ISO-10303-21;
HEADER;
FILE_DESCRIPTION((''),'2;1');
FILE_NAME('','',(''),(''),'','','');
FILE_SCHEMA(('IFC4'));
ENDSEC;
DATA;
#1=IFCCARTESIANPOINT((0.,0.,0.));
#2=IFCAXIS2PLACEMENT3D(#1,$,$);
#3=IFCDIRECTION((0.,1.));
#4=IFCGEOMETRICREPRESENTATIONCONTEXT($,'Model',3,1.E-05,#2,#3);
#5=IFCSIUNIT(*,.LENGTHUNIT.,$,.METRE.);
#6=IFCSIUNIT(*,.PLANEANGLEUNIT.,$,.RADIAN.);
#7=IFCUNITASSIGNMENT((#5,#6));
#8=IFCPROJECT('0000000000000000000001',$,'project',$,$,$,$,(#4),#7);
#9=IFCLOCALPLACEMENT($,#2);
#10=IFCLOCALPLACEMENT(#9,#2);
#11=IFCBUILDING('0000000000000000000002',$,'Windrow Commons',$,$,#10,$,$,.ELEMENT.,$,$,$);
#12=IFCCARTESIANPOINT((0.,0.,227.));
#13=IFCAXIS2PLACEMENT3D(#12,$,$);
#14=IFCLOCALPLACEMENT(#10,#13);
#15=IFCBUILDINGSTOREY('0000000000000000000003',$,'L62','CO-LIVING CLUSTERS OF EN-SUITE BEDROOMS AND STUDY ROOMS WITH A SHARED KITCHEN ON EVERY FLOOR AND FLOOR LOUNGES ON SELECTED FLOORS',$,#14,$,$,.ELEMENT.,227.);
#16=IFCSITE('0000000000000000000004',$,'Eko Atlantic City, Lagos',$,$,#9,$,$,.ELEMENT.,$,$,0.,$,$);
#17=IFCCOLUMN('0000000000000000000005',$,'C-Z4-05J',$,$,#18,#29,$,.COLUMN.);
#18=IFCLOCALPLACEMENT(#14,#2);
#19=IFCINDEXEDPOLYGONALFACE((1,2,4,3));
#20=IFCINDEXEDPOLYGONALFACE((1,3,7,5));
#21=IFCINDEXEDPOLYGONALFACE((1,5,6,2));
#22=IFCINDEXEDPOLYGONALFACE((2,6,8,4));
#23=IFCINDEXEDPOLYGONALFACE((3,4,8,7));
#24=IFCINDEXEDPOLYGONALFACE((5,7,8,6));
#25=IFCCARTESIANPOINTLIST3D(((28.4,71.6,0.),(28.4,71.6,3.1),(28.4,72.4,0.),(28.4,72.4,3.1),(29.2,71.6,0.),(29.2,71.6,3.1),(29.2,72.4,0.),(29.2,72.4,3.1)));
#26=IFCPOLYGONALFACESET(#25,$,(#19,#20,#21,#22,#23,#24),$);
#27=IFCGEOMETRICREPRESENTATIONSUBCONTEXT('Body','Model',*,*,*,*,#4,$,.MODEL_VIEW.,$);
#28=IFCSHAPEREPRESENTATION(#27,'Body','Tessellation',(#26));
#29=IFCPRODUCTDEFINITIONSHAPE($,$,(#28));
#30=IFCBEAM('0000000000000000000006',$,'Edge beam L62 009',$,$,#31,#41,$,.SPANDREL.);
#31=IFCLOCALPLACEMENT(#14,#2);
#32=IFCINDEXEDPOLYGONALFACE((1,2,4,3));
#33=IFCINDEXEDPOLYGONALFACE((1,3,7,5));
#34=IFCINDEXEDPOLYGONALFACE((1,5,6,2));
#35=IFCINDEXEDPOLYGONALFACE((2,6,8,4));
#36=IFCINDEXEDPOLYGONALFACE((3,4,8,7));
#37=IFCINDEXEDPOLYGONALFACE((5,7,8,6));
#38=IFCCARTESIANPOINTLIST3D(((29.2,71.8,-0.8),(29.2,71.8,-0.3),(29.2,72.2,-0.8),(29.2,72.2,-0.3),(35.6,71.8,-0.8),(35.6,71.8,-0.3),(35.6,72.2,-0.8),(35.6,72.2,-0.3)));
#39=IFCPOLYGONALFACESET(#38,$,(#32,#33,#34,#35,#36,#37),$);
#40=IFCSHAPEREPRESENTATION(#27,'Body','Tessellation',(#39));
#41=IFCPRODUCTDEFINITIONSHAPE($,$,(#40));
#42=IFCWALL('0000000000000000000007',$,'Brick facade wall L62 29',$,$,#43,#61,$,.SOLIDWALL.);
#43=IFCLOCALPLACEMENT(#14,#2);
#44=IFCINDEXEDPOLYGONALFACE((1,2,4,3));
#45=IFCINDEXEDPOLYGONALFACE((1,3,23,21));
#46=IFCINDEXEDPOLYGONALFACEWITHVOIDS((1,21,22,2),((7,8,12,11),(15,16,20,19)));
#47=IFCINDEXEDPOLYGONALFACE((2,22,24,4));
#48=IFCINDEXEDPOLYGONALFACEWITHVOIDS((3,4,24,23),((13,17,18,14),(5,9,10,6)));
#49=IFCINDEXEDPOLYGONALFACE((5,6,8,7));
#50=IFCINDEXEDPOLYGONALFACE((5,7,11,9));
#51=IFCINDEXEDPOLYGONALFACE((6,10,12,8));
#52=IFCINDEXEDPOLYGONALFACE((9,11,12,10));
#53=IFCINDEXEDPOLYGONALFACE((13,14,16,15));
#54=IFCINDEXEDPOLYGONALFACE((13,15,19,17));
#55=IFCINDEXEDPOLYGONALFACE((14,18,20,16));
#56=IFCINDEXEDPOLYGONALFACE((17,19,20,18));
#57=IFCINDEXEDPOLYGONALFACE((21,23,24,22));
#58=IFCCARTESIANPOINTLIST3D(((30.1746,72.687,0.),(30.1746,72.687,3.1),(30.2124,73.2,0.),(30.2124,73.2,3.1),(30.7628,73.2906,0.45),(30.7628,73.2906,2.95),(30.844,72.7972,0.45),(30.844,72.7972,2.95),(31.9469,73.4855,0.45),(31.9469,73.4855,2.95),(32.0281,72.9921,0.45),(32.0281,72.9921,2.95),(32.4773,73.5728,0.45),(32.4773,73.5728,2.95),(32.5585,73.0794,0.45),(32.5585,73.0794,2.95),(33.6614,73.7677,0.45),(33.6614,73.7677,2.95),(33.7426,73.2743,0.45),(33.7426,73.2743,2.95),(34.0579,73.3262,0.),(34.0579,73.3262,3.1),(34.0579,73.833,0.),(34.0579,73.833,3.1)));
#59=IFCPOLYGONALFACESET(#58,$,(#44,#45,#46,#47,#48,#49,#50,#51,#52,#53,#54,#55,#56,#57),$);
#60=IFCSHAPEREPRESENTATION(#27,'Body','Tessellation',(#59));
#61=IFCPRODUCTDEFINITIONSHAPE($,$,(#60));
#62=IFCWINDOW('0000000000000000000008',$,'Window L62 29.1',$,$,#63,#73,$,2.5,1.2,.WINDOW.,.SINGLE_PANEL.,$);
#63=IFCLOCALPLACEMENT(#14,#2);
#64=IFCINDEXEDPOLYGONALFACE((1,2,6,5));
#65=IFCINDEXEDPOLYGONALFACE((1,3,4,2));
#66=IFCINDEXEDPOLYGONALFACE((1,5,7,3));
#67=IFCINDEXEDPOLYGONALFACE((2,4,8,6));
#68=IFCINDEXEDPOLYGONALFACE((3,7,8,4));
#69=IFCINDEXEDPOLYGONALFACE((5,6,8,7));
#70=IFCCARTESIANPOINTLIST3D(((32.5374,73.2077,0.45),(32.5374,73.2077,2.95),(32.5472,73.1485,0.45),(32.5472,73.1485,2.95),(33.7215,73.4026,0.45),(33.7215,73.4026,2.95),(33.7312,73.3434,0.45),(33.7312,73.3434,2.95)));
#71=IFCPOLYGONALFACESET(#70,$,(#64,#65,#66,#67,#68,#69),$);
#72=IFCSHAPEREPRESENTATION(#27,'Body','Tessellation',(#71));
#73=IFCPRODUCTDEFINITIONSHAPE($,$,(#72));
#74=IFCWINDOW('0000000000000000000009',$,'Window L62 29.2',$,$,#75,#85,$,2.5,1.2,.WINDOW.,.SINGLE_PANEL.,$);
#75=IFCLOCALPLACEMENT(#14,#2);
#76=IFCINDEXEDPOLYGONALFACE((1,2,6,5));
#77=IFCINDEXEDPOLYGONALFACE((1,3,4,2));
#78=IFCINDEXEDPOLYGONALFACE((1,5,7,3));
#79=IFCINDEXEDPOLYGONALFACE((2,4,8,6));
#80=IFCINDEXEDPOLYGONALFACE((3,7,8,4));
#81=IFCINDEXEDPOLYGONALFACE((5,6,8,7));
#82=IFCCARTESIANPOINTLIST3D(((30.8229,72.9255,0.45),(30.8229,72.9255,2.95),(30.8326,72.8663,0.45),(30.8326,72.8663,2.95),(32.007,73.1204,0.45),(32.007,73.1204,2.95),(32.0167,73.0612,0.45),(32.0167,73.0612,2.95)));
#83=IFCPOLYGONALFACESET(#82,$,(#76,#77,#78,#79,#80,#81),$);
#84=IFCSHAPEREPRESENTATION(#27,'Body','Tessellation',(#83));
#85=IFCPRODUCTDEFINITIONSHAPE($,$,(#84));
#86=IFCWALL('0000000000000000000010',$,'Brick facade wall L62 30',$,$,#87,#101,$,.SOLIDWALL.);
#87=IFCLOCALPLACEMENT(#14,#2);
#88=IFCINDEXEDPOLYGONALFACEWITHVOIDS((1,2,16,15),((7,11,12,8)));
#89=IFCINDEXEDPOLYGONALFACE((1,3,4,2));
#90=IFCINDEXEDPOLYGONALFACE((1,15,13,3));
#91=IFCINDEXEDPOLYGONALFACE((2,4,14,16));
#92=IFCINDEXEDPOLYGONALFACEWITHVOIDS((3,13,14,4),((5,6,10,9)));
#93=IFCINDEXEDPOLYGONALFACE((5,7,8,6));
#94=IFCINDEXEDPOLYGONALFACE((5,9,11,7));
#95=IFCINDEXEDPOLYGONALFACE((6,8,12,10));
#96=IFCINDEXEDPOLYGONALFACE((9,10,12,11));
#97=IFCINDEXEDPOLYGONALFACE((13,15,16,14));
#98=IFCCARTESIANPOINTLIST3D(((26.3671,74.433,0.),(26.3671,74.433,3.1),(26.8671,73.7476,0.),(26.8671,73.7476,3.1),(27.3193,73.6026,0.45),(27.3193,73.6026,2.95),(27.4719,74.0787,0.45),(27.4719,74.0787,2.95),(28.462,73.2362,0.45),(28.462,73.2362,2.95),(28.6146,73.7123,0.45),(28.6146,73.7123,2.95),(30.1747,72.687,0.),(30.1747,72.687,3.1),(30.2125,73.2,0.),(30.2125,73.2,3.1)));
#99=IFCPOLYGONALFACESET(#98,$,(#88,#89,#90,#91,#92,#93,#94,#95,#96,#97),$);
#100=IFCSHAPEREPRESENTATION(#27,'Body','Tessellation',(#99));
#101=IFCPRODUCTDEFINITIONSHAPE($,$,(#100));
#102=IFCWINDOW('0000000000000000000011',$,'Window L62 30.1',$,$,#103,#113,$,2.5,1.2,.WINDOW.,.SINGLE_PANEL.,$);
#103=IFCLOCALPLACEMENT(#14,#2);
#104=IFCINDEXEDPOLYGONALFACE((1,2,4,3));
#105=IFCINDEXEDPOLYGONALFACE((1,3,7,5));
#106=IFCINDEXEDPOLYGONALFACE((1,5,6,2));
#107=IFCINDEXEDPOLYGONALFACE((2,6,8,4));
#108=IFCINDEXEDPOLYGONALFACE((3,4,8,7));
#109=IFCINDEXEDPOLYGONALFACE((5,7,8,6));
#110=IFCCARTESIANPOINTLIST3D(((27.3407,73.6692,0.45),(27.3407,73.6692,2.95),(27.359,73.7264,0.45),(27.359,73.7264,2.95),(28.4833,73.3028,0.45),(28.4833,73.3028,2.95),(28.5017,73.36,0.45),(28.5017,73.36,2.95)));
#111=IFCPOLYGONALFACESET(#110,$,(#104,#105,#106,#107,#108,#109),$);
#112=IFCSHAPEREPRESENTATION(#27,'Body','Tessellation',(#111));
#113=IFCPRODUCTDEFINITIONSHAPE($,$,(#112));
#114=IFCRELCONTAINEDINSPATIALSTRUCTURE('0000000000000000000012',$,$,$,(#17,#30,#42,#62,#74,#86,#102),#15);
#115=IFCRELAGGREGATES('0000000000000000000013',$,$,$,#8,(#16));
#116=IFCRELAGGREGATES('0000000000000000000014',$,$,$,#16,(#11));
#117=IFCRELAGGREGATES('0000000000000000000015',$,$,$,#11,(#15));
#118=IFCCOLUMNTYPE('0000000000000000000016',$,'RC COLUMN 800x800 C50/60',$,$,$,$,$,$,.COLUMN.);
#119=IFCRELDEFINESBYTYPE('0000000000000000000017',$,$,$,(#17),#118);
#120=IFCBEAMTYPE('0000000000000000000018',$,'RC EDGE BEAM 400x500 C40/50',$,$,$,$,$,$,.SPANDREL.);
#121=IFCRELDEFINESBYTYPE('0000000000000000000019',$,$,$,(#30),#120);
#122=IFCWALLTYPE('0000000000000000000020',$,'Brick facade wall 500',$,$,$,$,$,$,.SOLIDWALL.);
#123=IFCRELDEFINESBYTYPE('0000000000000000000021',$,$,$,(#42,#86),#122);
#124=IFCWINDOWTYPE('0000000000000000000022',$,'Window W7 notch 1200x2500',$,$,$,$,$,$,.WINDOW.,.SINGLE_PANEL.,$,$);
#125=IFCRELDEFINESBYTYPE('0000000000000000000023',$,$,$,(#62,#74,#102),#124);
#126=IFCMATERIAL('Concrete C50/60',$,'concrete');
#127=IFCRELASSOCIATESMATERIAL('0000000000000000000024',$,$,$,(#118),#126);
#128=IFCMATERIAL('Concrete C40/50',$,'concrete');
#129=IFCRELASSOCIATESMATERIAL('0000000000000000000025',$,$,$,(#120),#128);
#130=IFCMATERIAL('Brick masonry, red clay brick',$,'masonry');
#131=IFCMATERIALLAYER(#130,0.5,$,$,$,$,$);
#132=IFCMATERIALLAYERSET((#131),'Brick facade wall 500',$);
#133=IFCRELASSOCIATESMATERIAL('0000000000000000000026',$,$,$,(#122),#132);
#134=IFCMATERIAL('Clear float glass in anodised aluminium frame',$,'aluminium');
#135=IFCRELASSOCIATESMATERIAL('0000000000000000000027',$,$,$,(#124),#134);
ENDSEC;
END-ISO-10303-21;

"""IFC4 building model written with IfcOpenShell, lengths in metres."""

from ifc_helpers import new_model, si_unit, direction, frame, frame_2d, origin, origin_2d, place, context, subcontext, project, spatial, polyline, rectangle, outline, extrude, material, layer, layer_set, material_profile, profile_set, type_object, element, fill, save


model = new_model("IFC4")

# Units and contexts
model_context = context("Model", 3, precision=1e-05, world=origin(), true_north=direction((0.0, 1.0)))
body_context = subcontext(model_context, "Body", "Model", "MODEL_VIEW")
ifc_project = project(units=[si_unit("LENGTHUNIT", "METRE"), si_unit("PLANEANGLEUNIT", "RADIAN")], contexts=[model_context])

# Site, building, storey
site_placement = place(None, origin())
site = spatial("IfcSite", under=ifc_project, at=site_placement, Name="Eko Atlantic City, Lagos", CompositionType="ELEMENT", RefElevation=0.0)
building_placement = place(site_placement, origin())
building = spatial("IfcBuilding", under=site, at=building_placement, Name="Windrow Commons", CompositionType="ELEMENT")
storey_placement = place(building_placement, frame((0.0, 0.0, 227.0)))
storey = spatial("IfcBuildingStorey", under=building, at=storey_placement, Name="L62", Description="CO-LIVING CLUSTERS OF EN-SUITE BEDROOMS AND STUDY ROOMS WITH A SHARED KITCHEN ON EVERY FLOOR AND FLOOR LOUNGES ON SELECTED FLOORS", CompositionType="ELEMENT", Elevation=227.0)

# Column
ifc_material_1 = material(Name="Concrete C50/60", Category="concrete")
ifc_material_profile_1 = material_profile(ifc_material_1, rectangle(XDim=0.8, YDim=0.8, at=origin_2d()))
ifc_profile_set_1 = profile_set([ifc_material_profile_1], Name="Concrete C50/60")
column_type = type_object("IfcColumnType", Name="RC COLUMN 800x800 C50/60", PredefinedType="COLUMN", material=ifc_profile_set_1)
column_placement = place(storey_placement, frame((28.8, 72.0, 0.0), z_axis=(0.0, 0.0, 1.0), x_axis=(1.0, 0.0, 0.0)))
element("IfcColumn", 1, at=column_placement, inside=storey, type_object=column_type, Name="C-Z4-05J", PredefinedType="COLUMN", context=body_context, shape_type="SweptSolid", body=[
    extrude(rectangle(XDim=0.8, YDim=0.8, at=origin_2d()), origin(), (0.0, 0.0, 1.0), 3.1),
])

# Beam
ifc_material_2 = material(Name="Concrete C40/50", Category="concrete")
ifc_material_profile_2 = material_profile(ifc_material_2, rectangle(XDim=0.4, YDim=0.5, at=origin_2d()))
ifc_profile_set_2 = profile_set([ifc_material_profile_2], Name="Concrete C40/50")
beam_type = type_object("IfcBeamType", Name="RC EDGE BEAM 400x500 C40/50", PredefinedType="SPANDREL", material=ifc_profile_set_2)
beam_placement = place(storey_placement, frame((29.2, 72.0, -0.55), z_axis=(1.0, 0.0, 0.0), x_axis=(0.0, 1.0, 0.0)))
element("IfcBeam", 2, at=beam_placement, inside=storey, type_object=beam_type, Name="Edge beam L62 009", PredefinedType="SPANDREL", context=body_context, shape_type="SweptSolid", body=[
    extrude(rectangle(XDim=0.4, YDim=0.5, at=origin_2d()), origin(), (0.0, 0.0, 1.0), 6.4),
])

# Wall, openings, windows
ifc_material_3 = material(Name="Brick masonry, red clay brick", Category="masonry")
ifc_layer_1 = layer(ifc_material_3, 0.5)
ifc_layer_set_1 = layer_set([ifc_layer_1], Name="Brick facade wall 500")
wall_type_1 = type_object("IfcWallType", Name="Brick facade wall 500", PredefinedType="SOLIDWALL", material=ifc_layer_set_1)
wall_1_placement = place(storey_placement, frame((34.0579, 73.5796, 0.0), z_axis=(0.0, 0.0, 1.0), x_axis=(-0.986721, -0.162424, 0.0)))
wall_1 = element("IfcWall", 3, at=wall_1_placement, inside=storey, type_object=wall_type_1, Name="Brick facade wall L62 29", PredefinedType="SOLIDWALL", context=body_context, shape_type="SweptSolid", body=[
    extrude(outline(polyline([(-0.0412, -0.25), (3.8561, -0.25), (3.9767, 0.25), (0.0412, 0.25), (-0.0412, -0.25)])), origin(), (0.0, 0.0, 1.0), 3.1),
])
opening_1_placement = place(wall_1_placement, frame((0.3607, 0.0, 0.45)))
opening_1 = element("IfcOpeningElement", 4, at=opening_1_placement, cuts=wall_1, PredefinedType="OPENING", context=body_context, shape_type="SweptSolid", body=[
    extrude(rectangle(XDim=1.2, YDim=2.5, at=frame_2d((0.6, 1.25))), frame((0.0, 0.26, 0.0), z_axis=(0.0, -1.0, 0.0), x_axis=(1.0, 0.0, 0.0)), (0.0, 0.0, 1.0), 0.52),
])
opening_2_placement = place(wall_1_placement, frame((2.0983, 0.0, 0.45)))
opening_2 = element("IfcOpeningElement", 5, at=opening_2_placement, cuts=wall_1, PredefinedType="OPENING", context=body_context, shape_type="SweptSolid", body=[
    extrude(rectangle(XDim=1.2, YDim=2.5, at=frame_2d((0.6, 1.25))), frame((0.0, 0.26, 0.0), z_axis=(0.0, -1.0, 0.0), x_axis=(1.0, 0.0, 0.0)), (0.0, 0.0, 1.0), 0.52),
])
ifc_material_4 = material(Name="Clear float glass in anodised aluminium frame", Category="aluminium")
window_type_1 = type_object("IfcWindowType", Name="Window W7 notch 1200x2500", PartitioningType="SINGLE_PANEL", PredefinedType="WINDOW", material=ifc_material_4)
window_1_placement = place(opening_1_placement, origin())
window_1 = element("IfcWindow", 6, at=window_1_placement, inside=storey, type_object=window_type_1, Name="Window L62 29.1", OverallHeight=2.5, OverallWidth=1.2, PartitioningType="SINGLE_PANEL", PredefinedType="WINDOW", context=body_context, shape_type="SweptSolid", body=[
    extrude(rectangle(XDim=1.2, YDim=2.5, at=frame_2d((0.6, 1.25))), frame((0.0, 0.18, 0.0), z_axis=(0.0, -1.0, 0.0), x_axis=(1.0, 0.0, 0.0)), (0.0, 0.0, 1.0), 0.06),
])
fill(opening_1, window_1)
window_2_placement = place(opening_2_placement, origin())
window_2 = element("IfcWindow", 7, at=window_2_placement, inside=storey, type_object=window_type_1, Name="Window L62 29.2", OverallHeight=2.5, OverallWidth=1.2, PartitioningType="SINGLE_PANEL", PredefinedType="WINDOW", context=body_context, shape_type="SweptSolid", body=[
    extrude(rectangle(XDim=1.2, YDim=2.5, at=frame_2d((0.6, 1.25))), frame((0.0, 0.18, 0.0), z_axis=(0.0, -1.0, 0.0), x_axis=(1.0, 0.0, 0.0)), (0.0, 0.0, 1.0), 0.06),
])
fill(opening_2, window_2)

# Wall, opening, window
wall_2_placement = place(storey_placement, frame((30.1936, 72.9435, 0.0), z_axis=(0.0, 0.0, 1.0), x_axis=(-0.952247, 0.305328, 0.0)))
wall_2 = element("IfcWall", 8, at=wall_2_placement, inside=storey, type_object=wall_type_1, Name="Brick facade wall L62 30", PredefinedType="SOLIDWALL", context=body_context, shape_type="SweptSolid", body=[
    extrude(outline(polyline([(0.0603, -0.25), (4.0986, -0.25), (3.4132, 0.25), (-0.0603, 0.25), (0.0603, -0.25)])), origin(), (0.0, 0.0, 1.0), 3.1),
])
opening_3_placement = place(wall_2_placement, frame((1.7383, 0.0, 0.45)))
opening_3 = element("IfcOpeningElement", 9, at=opening_3_placement, cuts=wall_2, PredefinedType="OPENING", context=body_context, shape_type="SweptSolid", body=[
    extrude(rectangle(XDim=1.2, YDim=2.5, at=frame_2d((0.6, 1.25))), frame((0.0, 0.26, 0.0), z_axis=(0.0, -1.0, 0.0), x_axis=(1.0, 0.0, 0.0)), (0.0, 0.0, 1.0), 0.52),
])
window_3_placement = place(opening_3_placement, origin())
window_3 = element("IfcWindow", 10, at=window_3_placement, inside=storey, type_object=window_type_1, Name="Window L62 30.1", OverallHeight=2.5, OverallWidth=1.2, PartitioningType="SINGLE_PANEL", PredefinedType="WINDOW", context=body_context, shape_type="SweptSolid", body=[
    extrude(rectangle(XDim=1.2, YDim=2.5, at=frame_2d((0.6, 1.25))), frame((0.0, 0.18, 0.0), z_axis=(0.0, -1.0, 0.0), x_axis=(1.0, 0.0, 0.0)), (0.0, 0.0, 1.0), 0.06),
])
fill(opening_3, window_3)

save(model, "model.ifc")
